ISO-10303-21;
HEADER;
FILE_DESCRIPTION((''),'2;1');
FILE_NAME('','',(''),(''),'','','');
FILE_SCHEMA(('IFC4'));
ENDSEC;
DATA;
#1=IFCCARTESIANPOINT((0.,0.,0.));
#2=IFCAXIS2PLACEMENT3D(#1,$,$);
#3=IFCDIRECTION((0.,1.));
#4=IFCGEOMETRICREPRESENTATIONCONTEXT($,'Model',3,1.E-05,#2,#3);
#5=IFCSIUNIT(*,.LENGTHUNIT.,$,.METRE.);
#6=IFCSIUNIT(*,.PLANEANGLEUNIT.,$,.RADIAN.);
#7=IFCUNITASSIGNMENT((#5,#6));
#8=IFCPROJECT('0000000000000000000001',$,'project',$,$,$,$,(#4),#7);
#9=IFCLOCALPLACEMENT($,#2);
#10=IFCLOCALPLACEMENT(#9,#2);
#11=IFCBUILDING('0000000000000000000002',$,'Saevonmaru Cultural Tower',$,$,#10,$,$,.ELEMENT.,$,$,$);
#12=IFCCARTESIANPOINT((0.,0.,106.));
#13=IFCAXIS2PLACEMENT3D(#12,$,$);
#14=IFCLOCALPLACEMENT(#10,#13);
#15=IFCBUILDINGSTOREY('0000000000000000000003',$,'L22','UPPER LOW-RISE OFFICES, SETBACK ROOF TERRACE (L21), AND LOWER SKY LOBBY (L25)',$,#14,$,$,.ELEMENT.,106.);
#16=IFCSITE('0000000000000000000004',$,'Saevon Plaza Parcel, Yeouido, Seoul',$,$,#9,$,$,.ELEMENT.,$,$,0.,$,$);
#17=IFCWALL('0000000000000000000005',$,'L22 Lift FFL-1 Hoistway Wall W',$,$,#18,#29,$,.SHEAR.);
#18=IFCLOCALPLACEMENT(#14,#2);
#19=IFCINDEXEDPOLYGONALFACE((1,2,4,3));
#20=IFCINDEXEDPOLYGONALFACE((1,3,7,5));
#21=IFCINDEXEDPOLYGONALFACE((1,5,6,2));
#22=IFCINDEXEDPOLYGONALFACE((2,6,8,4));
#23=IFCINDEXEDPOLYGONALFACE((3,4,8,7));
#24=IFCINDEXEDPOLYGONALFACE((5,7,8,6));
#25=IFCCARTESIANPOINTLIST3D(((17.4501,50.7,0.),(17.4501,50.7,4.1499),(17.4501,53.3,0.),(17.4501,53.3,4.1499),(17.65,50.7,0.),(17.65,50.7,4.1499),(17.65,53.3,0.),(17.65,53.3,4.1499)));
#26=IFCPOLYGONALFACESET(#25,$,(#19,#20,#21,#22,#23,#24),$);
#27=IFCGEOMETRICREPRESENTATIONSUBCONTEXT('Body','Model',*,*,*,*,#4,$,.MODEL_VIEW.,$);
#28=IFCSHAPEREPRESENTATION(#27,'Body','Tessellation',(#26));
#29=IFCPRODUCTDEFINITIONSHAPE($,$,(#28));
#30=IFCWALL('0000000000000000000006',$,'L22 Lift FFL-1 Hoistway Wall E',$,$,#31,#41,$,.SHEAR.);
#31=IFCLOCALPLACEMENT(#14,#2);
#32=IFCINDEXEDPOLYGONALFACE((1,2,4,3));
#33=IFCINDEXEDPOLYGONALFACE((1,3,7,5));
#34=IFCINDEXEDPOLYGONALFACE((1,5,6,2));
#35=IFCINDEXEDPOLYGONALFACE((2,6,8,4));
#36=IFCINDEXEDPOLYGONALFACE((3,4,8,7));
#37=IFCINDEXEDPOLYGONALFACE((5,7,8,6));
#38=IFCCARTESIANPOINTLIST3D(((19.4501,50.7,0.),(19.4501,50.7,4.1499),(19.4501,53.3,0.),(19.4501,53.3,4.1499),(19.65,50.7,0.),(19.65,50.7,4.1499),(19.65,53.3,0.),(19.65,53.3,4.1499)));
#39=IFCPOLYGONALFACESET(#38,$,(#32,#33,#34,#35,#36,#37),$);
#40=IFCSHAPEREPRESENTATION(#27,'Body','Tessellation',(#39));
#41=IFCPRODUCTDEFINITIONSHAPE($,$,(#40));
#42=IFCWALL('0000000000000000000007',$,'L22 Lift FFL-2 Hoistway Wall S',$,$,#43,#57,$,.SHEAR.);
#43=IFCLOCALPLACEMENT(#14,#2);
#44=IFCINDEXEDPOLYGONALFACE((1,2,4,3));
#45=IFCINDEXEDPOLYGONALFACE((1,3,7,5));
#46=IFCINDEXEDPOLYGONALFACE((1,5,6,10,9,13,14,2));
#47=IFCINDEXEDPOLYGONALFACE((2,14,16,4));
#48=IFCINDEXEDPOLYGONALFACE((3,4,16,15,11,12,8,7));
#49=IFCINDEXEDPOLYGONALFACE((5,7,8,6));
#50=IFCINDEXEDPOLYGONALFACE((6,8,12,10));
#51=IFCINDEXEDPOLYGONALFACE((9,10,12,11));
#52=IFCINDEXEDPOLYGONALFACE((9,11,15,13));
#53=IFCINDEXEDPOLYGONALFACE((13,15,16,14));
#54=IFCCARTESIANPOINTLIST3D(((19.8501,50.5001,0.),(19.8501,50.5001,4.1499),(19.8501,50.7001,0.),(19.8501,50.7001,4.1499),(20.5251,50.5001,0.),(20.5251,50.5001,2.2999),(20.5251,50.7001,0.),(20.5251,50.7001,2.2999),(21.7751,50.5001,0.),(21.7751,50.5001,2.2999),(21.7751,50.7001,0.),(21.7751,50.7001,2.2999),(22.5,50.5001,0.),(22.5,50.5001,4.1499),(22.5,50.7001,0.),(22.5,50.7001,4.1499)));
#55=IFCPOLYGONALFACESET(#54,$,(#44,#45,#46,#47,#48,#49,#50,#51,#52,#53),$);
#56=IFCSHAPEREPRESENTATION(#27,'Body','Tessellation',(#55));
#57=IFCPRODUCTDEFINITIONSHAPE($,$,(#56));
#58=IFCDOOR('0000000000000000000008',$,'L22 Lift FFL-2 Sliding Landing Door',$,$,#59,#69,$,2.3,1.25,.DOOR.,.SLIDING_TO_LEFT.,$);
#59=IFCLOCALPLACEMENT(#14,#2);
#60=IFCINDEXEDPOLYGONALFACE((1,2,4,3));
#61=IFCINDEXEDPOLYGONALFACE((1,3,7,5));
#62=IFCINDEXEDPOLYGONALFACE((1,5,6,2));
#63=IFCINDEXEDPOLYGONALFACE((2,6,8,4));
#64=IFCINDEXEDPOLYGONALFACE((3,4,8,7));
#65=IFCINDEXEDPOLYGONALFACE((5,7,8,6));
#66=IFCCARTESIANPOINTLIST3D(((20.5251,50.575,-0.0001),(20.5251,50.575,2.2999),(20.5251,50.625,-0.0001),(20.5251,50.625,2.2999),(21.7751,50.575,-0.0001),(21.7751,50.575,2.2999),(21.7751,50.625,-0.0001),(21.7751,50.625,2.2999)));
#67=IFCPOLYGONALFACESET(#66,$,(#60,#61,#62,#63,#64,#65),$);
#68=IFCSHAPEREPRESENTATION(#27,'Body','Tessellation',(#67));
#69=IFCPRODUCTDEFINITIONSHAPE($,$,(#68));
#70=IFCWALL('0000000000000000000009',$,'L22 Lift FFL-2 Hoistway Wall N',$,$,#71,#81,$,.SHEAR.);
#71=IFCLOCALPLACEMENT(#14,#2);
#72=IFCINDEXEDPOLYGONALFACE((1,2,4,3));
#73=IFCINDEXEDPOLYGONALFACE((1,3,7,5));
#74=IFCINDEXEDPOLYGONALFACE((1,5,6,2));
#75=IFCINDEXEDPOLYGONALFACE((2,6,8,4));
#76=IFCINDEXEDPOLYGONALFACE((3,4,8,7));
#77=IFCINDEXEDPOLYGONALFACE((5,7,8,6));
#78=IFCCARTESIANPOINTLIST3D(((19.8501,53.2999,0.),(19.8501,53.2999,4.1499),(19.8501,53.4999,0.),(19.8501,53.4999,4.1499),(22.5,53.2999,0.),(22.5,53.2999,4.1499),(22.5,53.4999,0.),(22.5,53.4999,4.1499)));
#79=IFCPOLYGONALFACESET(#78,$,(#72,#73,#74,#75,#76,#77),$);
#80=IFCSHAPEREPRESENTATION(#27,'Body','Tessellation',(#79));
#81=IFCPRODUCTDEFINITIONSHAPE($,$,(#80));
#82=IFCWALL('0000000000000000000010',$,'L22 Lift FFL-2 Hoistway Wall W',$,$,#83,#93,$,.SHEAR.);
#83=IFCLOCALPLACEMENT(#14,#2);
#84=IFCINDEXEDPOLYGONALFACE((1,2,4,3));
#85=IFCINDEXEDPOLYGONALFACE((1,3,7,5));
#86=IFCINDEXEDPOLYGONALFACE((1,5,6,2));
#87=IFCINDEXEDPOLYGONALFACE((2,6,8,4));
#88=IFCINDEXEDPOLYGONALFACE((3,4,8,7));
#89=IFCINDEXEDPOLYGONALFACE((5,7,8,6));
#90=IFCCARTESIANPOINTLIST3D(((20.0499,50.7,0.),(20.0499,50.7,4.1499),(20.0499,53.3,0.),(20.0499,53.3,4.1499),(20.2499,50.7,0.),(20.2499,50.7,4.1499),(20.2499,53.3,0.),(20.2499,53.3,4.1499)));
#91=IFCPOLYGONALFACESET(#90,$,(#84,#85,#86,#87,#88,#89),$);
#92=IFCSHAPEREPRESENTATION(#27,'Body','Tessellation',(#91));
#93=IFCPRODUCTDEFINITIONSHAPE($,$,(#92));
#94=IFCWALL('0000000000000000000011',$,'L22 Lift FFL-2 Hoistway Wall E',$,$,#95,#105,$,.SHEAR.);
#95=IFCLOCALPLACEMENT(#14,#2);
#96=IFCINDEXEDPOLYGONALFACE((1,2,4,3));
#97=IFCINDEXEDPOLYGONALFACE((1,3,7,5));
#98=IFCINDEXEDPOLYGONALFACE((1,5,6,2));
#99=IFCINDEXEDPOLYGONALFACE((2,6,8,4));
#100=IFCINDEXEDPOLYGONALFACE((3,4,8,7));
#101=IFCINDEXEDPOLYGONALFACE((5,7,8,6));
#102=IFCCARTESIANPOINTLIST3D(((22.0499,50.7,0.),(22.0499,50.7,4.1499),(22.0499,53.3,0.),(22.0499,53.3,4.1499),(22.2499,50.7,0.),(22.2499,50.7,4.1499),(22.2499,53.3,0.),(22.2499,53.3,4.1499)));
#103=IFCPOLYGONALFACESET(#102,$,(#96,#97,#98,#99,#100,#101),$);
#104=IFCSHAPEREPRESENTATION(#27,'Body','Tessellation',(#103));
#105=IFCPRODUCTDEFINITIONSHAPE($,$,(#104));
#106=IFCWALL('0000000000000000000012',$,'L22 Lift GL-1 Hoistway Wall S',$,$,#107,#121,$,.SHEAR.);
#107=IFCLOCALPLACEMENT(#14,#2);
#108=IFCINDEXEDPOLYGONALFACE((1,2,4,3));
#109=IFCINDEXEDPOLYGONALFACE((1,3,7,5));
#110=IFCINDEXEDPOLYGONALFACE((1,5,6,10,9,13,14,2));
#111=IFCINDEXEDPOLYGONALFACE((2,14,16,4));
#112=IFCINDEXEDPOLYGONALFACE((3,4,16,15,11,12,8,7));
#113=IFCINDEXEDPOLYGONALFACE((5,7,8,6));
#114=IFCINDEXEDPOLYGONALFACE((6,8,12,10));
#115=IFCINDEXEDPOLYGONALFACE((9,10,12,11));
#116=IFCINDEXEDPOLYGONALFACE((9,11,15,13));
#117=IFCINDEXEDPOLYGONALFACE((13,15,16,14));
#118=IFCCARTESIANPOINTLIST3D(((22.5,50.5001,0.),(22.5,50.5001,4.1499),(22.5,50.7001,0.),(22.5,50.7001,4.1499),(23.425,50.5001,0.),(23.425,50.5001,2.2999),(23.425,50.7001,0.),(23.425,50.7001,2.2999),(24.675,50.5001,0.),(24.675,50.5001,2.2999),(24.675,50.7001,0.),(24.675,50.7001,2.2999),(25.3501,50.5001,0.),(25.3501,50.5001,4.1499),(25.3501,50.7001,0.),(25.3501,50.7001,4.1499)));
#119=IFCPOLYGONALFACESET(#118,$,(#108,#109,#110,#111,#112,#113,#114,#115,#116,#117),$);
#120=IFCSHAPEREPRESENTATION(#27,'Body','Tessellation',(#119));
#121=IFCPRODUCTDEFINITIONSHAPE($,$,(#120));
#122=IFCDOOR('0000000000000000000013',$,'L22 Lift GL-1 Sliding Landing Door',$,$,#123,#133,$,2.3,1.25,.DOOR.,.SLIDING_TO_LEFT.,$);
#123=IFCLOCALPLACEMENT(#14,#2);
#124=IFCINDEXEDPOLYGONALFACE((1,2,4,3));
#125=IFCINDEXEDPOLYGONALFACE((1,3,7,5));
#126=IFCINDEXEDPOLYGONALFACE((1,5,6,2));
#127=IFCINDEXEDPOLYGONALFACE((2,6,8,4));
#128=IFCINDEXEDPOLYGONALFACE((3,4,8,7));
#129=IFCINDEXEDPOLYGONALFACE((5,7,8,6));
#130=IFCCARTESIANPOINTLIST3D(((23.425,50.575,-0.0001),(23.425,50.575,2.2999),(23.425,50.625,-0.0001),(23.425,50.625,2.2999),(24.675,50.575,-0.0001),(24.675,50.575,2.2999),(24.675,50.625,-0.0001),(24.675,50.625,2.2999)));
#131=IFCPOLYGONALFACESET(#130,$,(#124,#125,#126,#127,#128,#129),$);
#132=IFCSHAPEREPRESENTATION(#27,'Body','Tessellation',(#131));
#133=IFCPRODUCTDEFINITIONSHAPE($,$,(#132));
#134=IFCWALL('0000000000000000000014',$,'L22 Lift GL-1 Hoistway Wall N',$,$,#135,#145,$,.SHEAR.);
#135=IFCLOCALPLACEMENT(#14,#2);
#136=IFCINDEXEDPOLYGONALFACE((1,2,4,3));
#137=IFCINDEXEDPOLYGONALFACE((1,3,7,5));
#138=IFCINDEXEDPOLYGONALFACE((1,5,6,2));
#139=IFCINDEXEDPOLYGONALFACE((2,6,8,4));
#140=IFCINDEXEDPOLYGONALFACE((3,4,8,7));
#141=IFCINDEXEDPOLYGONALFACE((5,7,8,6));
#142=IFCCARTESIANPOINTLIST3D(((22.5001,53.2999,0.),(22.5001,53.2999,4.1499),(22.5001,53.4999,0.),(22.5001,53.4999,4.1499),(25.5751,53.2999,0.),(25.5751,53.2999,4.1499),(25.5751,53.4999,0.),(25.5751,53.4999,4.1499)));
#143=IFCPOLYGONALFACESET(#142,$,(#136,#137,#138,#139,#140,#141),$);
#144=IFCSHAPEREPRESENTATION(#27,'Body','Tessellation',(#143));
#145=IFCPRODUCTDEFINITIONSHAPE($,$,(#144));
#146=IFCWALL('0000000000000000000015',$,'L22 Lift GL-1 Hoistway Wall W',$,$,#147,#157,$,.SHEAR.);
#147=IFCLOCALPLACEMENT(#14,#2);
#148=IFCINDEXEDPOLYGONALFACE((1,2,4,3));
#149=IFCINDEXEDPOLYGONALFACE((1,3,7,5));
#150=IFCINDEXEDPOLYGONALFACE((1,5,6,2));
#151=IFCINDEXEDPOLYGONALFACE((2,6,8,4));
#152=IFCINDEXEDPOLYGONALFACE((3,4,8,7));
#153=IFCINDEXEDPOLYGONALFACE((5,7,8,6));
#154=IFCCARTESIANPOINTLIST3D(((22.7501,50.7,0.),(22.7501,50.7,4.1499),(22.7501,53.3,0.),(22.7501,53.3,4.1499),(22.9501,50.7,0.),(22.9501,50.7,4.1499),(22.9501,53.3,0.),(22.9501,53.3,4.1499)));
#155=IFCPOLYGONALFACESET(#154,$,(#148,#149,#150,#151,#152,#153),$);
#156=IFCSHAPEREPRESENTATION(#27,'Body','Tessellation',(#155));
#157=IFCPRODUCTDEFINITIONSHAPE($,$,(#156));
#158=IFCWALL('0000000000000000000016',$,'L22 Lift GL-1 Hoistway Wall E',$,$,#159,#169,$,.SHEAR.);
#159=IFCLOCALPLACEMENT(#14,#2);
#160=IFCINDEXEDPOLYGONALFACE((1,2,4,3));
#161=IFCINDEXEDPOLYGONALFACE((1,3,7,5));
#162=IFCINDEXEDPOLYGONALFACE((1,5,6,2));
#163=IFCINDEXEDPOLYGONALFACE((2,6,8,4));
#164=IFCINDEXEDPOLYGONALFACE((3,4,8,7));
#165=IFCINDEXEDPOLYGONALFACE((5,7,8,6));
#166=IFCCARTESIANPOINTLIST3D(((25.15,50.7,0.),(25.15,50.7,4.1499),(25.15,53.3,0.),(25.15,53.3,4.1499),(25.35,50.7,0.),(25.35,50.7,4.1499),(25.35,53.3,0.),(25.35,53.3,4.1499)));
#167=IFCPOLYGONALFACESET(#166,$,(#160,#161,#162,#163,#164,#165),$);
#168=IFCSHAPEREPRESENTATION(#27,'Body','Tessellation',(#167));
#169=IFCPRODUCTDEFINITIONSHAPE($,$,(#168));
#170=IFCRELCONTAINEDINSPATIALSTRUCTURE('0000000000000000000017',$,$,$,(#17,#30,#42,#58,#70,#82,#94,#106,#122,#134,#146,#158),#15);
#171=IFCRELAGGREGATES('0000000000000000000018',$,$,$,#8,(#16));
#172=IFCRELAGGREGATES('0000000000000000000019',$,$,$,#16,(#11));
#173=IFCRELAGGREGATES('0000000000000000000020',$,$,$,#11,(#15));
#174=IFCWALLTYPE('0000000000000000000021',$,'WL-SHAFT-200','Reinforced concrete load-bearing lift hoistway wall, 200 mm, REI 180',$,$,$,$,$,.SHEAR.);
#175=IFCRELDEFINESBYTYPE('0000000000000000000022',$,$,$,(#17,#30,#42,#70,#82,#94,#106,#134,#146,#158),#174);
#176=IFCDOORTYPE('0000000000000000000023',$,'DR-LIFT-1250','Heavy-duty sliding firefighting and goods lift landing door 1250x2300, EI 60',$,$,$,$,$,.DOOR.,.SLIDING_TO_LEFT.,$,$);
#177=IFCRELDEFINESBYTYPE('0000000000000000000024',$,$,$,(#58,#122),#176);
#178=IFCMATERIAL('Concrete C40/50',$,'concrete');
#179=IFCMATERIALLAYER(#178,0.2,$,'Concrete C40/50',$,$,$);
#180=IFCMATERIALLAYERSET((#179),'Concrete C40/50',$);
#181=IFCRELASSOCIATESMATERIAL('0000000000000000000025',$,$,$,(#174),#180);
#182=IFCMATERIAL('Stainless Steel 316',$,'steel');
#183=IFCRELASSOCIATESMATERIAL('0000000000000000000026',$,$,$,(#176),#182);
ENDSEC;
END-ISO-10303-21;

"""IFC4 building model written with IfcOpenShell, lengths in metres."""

from ifc_helpers import new_model, si_unit, direction, frame, frame_2d, origin, place, context, subcontext, project, spatial, rectangle, extrude, material, layer, layer_set, type_object, element, fill, save


model = new_model("IFC4")

# Units and contexts
model_context = context("Model", 3, precision=1e-05, world=origin(), true_north=direction((0.0, 1.0)))
body_context = subcontext(model_context, "Body", "Model", "MODEL_VIEW")
ifc_project = project(units=[si_unit("LENGTHUNIT", "METRE"), si_unit("PLANEANGLEUNIT", "RADIAN")], contexts=[model_context])

# Site, building, storey
site_placement = place(None, origin())
site = spatial("IfcSite", under=ifc_project, at=site_placement, Name="Saevon Plaza Parcel, Yeouido, Seoul", CompositionType="ELEMENT", RefElevation=0.0)
building_placement = place(site_placement, origin())
building = spatial("IfcBuilding", under=site, at=building_placement, Name="Saevonmaru Cultural Tower", CompositionType="ELEMENT")
storey_placement = place(building_placement, frame((0.0, 0.0, 106.0)))
storey = spatial("IfcBuildingStorey", under=building, at=storey_placement, Name="L22", Description="UPPER LOW-RISE OFFICES, SETBACK ROOF TERRACE (L21), AND LOWER SKY LOBBY (L25)", CompositionType="ELEMENT", Elevation=106.0)

# Shared definitions
ifc_material_1 = material(Name="Concrete C40/50", Category="concrete")
ifc_layer_1 = layer(ifc_material_1, 0.2, Name="Concrete C40/50")
ifc_layer_set_1 = layer_set([ifc_layer_1], Name="Concrete C40/50")
wall_type = type_object("IfcWallType", Name="WL-SHAFT-200", Description="Reinforced concrete load-bearing lift hoistway wall, 200 mm, REI 180", PredefinedType="SHEAR", material=ifc_layer_set_1)
ifc_material_2 = material(Name="Stainless Steel 316", Category="steel")
door_type_1 = type_object("IfcDoorType", Name="DR-LIFT-1250", Description="Heavy-duty sliding firefighting and goods lift landing door 1250x2300, EI 60", OperationType="SLIDING_TO_LEFT", PredefinedType="DOOR", material=ifc_material_2)

# Walls
for number, where, z_axis, x_axis, name in (
    (1, (17.55, 50.7, 0.0), (0.0, 0.0, 1.0), (0.0, 1.0, 0.0), "L22 Lift FFL-1 Hoistway Wall W"),
    (2, (19.55, 50.7, 0.0), (0.0, 0.0, 1.0), (0.0, 1.0, 0.0), "L22 Lift FFL-1 Hoistway Wall E"),
):
    element("IfcWall", number, at=place(storey_placement, frame(where, z_axis=z_axis, x_axis=x_axis)), inside=storey, type_object=wall_type, Name=name, PredefinedType="SHEAR", context=body_context, shape_type="SweptSolid", body=[
        extrude(rectangle(XDim=2.6001, YDim=0.2, at=frame_2d((1.3, 0.0))), origin(), (0.0, 0.0, 1.0), 4.1499),
    ])

# Wall, opening, door
wall_1_placement = place(storey_placement, frame((19.8501, 50.6001, 0.0), z_axis=(0.0, 0.0, 1.0), x_axis=(1.0, 0.0, 0.0)))
wall_1 = element("IfcWall", 3, at=wall_1_placement, inside=storey, type_object=wall_type, Name="L22 Lift FFL-2 Hoistway Wall S", PredefinedType="SHEAR", context=body_context, shape_type="SweptSolid", body=[
    extrude(rectangle(XDim=2.6499, YDim=0.2, at=frame_2d((1.325, 0.0))), origin(), (0.0, 0.0, 1.0), 4.1499),
])
opening_1_placement = place(wall_1_placement, frame((0.675, 0.0, 0.0)))
opening_1 = element("IfcOpeningElement", 4, at=opening_1_placement, cuts=wall_1, PredefinedType="OPENING", context=body_context, shape_type="SweptSolid", body=[
    extrude(rectangle(XDim=1.25, YDim=2.3, at=frame_2d((0.625, 1.1499))), frame((0.0, 0.1099, 0.0), z_axis=(0.0, -1.0, 0.0), x_axis=(1.0, 0.0, 0.0)), (0.0, 0.0, 1.0), 0.22),
])
door_1_placement = place(opening_1_placement, origin())
door_1 = element("IfcDoor", 5, at=door_1_placement, inside=storey, type_object=door_type_1, Name="L22 Lift FFL-2 Sliding Landing Door", OperationType="SLIDING_TO_LEFT", OverallHeight=2.3, OverallWidth=1.25, PredefinedType="DOOR", context=body_context, shape_type="SweptSolid", body=[
    extrude(rectangle(XDim=1.25, YDim=2.3, at=frame_2d((0.625, 1.1499))), frame((0.0, 0.0249, 0.0), z_axis=(0.0, -1.0, 0.0), x_axis=(1.0, 0.0, 0.0)), (0.0, 0.0, 1.0), 0.05),
])
fill(opening_1, door_1)

# Walls
wall_2_placement = place(storey_placement, frame((19.8501, 53.3999, 0.0), z_axis=(0.0, 0.0, 1.0), x_axis=(1.0, 0.0, 0.0)))
element("IfcWall", 6, at=wall_2_placement, inside=storey, type_object=wall_type, Name="L22 Lift FFL-2 Hoistway Wall N", PredefinedType="SHEAR", context=body_context, shape_type="SweptSolid", body=[
    extrude(rectangle(XDim=2.6499, YDim=0.2, at=frame_2d((1.325, 0.0))), origin(), (0.0, 0.0, 1.0), 4.1499),
])
for number, where, z_axis, x_axis, name in (
    (7, (20.1499, 50.7, 0.0), (0.0, 0.0, 1.0), (0.0, 1.0, 0.0), "L22 Lift FFL-2 Hoistway Wall W"),
    (8, (22.1499, 50.7, 0.0), (0.0, 0.0, 1.0), (0.0, 1.0, 0.0), "L22 Lift FFL-2 Hoistway Wall E"),
):
    element("IfcWall", number, at=place(storey_placement, frame(where, z_axis=z_axis, x_axis=x_axis)), inside=storey, type_object=wall_type, Name=name, PredefinedType="SHEAR", context=body_context, shape_type="SweptSolid", body=[
        extrude(rectangle(XDim=2.6001, YDim=0.2, at=frame_2d((1.3, 0.0))), origin(), (0.0, 0.0, 1.0), 4.1499),
    ])

# Wall, opening, door
wall_3_placement = place(storey_placement, frame((22.5, 50.6001, 0.0), z_axis=(0.0, 0.0, 1.0), x_axis=(1.0, 0.0, 0.0)))
wall_3 = element("IfcWall", 9, at=wall_3_placement, inside=storey, type_object=wall_type, Name="L22 Lift GL-1 Hoistway Wall S", PredefinedType="SHEAR", context=body_context, shape_type="SweptSolid", body=[
    extrude(rectangle(XDim=2.8501, YDim=0.2, at=frame_2d((1.425, 0.0))), origin(), (0.0, 0.0, 1.0), 4.1499),
])
opening_2_placement = place(wall_3_placement, frame((0.925, 0.0, 0.0)))
opening_2 = element("IfcOpeningElement", 10, at=opening_2_placement, cuts=wall_3, PredefinedType="OPENING", context=body_context, shape_type="SweptSolid", body=[
    extrude(rectangle(XDim=1.25, YDim=2.3, at=frame_2d((0.625, 1.1499))), frame((0.0, 0.1099, 0.0), z_axis=(0.0, -1.0, 0.0), x_axis=(1.0, 0.0, 0.0)), (0.0, 0.0, 1.0), 0.22),
])
door_2_placement = place(opening_2_placement, origin())
door_2 = element("IfcDoor", 11, at=door_2_placement, inside=storey, type_object=door_type_1, Name="L22 Lift GL-1 Sliding Landing Door", OperationType="SLIDING_TO_LEFT", OverallHeight=2.3, OverallWidth=1.25, PredefinedType="DOOR", context=body_context, shape_type="SweptSolid", body=[
    extrude(rectangle(XDim=1.25, YDim=2.3, at=frame_2d((0.625, 1.1499))), frame((0.0, 0.0249, 0.0), z_axis=(0.0, -1.0, 0.0), x_axis=(1.0, 0.0, 0.0)), (0.0, 0.0, 1.0), 0.05),
])
fill(opening_2, door_2)

# Walls
wall_4_placement = place(storey_placement, frame((22.5, 53.3999, 0.0), z_axis=(0.0, 0.0, 1.0), x_axis=(1.0, 0.0, 0.0)))
element("IfcWall", 12, at=wall_4_placement, inside=storey, type_object=wall_type, Name="L22 Lift GL-1 Hoistway Wall N", PredefinedType="SHEAR", context=body_context, shape_type="SweptSolid", body=[
    extrude(rectangle(XDim=3.075, YDim=0.2, at=frame_2d((1.5376, 0.0))), origin(), (0.0, 0.0, 1.0), 4.1499),
])
for number, where, z_axis, x_axis, name in (
    (13, (22.8501, 50.7, 0.0), (0.0, 0.0, 1.0), (0.0, 1.0, 0.0), "L22 Lift GL-1 Hoistway Wall W"),
    (14, (25.25, 50.7, 0.0), (0.0, 0.0, 1.0), (0.0, 1.0, 0.0), "L22 Lift GL-1 Hoistway Wall E"),
):
    element("IfcWall", number, at=place(storey_placement, frame(where, z_axis=z_axis, x_axis=x_axis)), inside=storey, type_object=wall_type, Name=name, PredefinedType="SHEAR", context=body_context, shape_type="SweptSolid", body=[
        extrude(rectangle(XDim=2.6001, YDim=0.2, at=frame_2d((1.3, 0.0))), origin(), (0.0, 0.0, 1.0), 4.1499),
    ])

save(model, "model.ifc")
